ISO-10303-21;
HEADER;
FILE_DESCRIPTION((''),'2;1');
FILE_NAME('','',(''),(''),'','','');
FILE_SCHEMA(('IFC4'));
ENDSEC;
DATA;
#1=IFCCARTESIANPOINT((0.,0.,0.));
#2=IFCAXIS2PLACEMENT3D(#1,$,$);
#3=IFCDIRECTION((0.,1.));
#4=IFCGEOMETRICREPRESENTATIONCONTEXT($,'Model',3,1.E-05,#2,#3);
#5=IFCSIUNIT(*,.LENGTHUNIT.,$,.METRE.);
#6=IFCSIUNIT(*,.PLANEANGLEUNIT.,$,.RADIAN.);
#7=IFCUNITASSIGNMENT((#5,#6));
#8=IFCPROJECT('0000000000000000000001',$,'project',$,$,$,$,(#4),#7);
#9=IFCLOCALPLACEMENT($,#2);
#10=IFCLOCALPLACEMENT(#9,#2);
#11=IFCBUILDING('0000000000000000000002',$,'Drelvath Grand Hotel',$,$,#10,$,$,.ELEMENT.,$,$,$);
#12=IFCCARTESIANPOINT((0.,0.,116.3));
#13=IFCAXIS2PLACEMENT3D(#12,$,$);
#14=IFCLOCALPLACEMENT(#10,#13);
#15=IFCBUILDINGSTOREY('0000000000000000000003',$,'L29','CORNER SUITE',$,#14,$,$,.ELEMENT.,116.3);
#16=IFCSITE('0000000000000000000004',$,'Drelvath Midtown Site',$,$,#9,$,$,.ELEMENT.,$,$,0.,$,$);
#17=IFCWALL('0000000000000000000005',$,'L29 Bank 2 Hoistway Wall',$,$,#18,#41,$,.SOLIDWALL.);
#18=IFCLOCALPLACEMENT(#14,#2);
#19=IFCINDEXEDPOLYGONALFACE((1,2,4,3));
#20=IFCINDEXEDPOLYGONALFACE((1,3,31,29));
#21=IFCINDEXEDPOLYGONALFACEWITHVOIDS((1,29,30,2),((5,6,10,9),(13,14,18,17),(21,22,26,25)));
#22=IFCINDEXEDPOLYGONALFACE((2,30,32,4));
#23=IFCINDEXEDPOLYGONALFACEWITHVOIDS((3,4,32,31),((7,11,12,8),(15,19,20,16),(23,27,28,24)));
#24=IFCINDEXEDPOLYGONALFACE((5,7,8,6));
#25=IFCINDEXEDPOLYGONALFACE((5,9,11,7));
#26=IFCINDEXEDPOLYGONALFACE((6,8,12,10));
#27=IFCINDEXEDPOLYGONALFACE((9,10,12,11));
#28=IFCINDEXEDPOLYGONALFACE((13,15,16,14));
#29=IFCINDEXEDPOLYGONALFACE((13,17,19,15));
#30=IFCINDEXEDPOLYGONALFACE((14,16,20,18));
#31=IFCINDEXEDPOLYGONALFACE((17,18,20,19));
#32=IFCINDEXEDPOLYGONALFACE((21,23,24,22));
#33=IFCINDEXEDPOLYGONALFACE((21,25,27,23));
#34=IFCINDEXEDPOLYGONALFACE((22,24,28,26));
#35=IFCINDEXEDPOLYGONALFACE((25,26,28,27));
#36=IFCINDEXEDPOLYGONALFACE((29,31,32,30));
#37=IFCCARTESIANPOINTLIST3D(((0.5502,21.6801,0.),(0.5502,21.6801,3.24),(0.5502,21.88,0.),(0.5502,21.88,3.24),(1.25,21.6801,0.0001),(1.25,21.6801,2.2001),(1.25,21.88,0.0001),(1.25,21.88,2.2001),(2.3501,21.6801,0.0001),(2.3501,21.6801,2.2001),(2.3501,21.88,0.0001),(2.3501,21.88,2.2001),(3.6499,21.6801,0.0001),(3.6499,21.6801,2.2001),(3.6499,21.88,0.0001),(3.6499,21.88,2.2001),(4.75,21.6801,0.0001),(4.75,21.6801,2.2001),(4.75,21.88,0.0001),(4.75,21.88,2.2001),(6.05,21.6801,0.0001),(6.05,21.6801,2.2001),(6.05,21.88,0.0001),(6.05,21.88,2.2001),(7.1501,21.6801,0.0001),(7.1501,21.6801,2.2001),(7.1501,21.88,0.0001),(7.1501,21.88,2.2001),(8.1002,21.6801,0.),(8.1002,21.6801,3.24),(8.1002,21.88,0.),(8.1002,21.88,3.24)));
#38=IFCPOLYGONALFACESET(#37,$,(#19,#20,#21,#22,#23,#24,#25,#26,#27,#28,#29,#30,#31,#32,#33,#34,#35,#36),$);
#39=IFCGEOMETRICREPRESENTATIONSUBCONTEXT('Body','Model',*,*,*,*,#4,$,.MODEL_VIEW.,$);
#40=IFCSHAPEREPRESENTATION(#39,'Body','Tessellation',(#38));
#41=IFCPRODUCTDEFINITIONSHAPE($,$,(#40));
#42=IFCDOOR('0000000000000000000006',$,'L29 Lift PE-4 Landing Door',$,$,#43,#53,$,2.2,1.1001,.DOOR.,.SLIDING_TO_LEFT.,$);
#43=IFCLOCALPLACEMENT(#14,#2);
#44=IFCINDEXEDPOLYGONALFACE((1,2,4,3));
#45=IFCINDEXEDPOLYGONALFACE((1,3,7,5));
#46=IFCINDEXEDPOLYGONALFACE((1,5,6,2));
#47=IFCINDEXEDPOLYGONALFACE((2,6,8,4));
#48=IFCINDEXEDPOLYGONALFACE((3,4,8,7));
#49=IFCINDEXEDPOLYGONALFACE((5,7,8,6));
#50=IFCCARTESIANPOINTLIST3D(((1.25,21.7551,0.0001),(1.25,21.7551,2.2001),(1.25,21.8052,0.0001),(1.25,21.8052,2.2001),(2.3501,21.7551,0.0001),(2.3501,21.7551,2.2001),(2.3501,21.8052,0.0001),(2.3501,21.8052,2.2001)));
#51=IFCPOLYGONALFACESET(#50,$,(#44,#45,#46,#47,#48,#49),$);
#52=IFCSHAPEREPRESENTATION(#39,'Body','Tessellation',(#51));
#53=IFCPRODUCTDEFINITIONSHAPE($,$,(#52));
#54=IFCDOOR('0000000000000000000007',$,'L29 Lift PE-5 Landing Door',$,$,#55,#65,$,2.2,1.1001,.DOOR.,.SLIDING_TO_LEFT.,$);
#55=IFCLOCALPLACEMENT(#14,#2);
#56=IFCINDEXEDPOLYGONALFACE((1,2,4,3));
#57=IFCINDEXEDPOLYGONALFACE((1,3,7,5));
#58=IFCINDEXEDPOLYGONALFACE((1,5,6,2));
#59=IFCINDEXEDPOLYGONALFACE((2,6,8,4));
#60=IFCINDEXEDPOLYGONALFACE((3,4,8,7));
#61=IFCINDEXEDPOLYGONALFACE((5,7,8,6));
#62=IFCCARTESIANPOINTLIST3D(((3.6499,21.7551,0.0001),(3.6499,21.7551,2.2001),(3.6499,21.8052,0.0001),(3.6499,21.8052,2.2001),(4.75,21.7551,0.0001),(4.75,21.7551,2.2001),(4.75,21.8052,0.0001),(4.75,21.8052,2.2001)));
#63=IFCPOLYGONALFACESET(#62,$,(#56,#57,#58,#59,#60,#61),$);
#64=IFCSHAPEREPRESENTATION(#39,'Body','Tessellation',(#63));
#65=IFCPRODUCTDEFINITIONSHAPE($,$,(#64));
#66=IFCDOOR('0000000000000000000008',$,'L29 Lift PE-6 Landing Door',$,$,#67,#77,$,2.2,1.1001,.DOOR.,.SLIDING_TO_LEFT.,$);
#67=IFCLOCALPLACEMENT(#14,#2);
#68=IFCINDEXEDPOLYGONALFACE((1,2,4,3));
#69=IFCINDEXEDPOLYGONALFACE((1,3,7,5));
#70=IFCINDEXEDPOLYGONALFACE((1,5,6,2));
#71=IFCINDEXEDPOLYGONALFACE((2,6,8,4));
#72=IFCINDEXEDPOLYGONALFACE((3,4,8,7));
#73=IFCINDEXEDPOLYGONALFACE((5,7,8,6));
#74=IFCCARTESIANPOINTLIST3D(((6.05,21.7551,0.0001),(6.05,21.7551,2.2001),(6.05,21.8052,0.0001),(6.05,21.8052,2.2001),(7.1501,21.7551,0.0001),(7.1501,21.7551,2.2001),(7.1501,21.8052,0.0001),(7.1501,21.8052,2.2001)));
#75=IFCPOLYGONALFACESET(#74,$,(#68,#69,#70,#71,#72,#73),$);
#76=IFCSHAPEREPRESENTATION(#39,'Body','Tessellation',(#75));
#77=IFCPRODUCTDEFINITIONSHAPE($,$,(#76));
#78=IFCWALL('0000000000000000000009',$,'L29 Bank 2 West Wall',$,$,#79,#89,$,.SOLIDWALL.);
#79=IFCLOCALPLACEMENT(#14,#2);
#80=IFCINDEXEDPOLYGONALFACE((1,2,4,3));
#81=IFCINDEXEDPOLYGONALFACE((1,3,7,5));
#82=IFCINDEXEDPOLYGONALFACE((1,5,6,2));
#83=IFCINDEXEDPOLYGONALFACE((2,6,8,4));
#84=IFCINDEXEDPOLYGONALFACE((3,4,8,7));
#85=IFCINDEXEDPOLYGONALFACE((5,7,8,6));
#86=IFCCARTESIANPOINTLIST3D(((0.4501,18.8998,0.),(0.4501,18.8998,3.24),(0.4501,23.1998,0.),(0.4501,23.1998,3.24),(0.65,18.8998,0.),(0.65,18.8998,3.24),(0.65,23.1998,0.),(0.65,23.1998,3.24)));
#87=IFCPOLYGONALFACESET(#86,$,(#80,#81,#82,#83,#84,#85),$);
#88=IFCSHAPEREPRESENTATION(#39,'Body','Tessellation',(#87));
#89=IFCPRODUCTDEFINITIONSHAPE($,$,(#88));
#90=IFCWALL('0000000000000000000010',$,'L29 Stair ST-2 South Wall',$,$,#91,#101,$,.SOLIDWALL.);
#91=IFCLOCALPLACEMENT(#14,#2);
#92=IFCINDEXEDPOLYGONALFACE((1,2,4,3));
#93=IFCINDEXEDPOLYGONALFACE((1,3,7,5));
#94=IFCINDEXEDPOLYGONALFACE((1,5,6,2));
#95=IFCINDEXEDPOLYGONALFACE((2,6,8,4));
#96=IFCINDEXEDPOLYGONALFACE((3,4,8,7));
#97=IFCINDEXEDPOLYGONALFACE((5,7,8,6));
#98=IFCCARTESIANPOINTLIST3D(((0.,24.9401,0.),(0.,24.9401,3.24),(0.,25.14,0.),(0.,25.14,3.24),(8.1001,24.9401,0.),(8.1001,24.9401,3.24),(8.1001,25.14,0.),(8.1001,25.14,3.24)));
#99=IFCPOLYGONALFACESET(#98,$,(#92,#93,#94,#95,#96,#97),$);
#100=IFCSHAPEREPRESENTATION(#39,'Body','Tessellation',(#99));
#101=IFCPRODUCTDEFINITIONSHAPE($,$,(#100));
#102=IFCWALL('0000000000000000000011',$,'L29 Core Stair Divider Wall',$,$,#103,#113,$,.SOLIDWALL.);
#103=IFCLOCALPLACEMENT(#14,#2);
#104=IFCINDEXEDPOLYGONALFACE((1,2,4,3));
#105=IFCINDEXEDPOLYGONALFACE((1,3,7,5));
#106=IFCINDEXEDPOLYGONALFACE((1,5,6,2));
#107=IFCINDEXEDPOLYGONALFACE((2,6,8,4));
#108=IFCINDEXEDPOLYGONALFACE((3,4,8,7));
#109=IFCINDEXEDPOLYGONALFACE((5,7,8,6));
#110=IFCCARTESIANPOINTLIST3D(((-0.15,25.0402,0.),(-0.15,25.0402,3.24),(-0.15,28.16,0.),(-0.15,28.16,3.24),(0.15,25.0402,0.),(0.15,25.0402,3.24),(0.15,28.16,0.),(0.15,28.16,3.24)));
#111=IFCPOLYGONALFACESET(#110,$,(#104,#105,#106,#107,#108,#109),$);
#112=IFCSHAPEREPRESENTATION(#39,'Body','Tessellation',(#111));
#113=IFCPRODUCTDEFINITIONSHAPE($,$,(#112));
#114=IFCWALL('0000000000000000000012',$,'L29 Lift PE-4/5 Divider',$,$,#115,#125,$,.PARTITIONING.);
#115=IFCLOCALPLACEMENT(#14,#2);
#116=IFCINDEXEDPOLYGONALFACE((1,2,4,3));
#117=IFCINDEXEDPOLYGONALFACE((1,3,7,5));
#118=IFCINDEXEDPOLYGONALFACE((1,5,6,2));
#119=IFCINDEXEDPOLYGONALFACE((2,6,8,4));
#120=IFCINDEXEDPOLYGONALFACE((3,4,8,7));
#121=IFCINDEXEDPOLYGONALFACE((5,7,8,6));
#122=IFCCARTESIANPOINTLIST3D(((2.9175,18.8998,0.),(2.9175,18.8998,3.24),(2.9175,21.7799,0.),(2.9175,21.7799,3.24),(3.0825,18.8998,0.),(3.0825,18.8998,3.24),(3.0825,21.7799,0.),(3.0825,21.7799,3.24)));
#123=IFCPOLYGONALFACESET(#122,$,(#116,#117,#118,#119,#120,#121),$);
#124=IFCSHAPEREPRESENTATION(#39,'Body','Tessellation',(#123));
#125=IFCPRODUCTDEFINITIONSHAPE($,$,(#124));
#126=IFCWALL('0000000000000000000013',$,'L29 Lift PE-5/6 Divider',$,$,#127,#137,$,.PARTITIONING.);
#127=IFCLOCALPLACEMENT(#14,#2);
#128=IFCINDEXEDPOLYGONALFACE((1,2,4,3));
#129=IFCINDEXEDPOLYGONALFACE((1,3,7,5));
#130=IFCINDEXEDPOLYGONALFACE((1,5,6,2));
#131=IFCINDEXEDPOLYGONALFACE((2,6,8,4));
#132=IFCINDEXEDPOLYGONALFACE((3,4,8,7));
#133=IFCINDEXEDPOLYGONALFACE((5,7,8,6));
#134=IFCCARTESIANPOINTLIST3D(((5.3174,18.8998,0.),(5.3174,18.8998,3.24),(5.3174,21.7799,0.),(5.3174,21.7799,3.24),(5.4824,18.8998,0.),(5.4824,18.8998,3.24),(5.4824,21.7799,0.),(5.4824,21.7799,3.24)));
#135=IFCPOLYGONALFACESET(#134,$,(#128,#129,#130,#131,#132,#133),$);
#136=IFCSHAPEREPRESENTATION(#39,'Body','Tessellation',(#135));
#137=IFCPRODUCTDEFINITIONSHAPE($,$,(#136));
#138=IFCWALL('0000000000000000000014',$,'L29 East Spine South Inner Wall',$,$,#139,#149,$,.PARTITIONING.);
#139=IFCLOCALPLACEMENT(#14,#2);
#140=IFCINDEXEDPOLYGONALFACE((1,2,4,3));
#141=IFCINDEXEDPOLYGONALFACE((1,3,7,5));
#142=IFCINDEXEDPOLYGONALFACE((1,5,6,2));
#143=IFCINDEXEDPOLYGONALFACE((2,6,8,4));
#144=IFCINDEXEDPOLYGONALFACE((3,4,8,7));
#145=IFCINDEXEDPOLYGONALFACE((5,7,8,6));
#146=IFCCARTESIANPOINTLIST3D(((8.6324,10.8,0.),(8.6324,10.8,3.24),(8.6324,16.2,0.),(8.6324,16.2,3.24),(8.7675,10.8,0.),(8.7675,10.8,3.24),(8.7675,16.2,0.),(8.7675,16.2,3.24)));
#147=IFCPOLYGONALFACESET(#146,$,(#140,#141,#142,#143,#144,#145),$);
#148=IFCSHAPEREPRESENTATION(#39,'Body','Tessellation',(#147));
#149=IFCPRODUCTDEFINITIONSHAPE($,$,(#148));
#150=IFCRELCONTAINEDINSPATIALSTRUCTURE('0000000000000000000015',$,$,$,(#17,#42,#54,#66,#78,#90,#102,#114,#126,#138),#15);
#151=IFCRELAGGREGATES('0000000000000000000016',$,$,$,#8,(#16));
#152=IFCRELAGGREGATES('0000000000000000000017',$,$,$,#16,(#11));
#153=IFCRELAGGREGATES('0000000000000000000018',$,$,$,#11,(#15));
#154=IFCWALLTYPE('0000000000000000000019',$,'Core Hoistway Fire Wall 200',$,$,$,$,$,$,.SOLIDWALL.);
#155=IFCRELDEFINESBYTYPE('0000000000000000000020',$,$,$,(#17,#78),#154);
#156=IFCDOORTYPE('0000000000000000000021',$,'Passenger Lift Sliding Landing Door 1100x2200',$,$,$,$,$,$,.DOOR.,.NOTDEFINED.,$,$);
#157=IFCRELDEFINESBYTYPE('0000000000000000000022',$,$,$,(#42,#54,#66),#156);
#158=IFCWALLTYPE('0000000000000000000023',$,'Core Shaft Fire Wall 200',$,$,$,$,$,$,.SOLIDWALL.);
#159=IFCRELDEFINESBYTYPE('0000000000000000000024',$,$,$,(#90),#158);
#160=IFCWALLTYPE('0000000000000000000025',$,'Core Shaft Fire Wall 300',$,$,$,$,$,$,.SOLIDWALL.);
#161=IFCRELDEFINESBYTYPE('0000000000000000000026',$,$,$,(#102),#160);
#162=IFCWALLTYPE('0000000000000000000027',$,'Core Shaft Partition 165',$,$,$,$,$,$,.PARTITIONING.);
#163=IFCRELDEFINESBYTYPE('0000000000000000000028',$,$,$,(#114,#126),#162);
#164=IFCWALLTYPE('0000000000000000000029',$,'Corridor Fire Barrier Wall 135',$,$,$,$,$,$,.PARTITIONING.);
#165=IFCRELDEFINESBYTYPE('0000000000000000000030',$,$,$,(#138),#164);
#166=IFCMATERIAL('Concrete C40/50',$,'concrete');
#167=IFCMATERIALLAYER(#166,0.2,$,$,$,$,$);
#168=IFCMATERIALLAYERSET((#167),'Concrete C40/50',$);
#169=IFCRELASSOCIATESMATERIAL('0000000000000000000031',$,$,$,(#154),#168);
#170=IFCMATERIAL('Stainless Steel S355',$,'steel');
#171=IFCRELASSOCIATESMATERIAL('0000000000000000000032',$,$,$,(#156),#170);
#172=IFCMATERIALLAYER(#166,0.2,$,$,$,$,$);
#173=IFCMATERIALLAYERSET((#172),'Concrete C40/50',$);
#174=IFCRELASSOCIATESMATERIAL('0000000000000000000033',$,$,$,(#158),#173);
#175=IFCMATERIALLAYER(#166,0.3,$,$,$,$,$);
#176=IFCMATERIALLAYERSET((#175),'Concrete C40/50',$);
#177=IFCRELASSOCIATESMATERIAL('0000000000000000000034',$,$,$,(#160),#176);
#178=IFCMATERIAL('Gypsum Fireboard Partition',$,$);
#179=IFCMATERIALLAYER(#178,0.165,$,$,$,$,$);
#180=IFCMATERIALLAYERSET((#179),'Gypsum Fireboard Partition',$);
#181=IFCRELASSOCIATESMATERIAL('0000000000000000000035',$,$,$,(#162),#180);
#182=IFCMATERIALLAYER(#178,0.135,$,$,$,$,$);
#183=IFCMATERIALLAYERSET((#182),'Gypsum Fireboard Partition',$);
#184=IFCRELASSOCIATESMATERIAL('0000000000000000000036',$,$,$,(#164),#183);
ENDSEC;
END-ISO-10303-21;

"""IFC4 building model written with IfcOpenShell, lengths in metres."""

from ifc_helpers import new_model, si_unit, direction, frame, frame_2d, origin, place, context, subcontext, project, spatial, rectangle, extrude, material, layer, layer_set, type_object, element, fill, save


model = new_model("IFC4")

# Units and contexts
model_context = context("Model", 3, precision=1e-05, world=origin(), true_north=direction((0.0, 1.0)))
body_context = subcontext(model_context, "Body", "Model", "MODEL_VIEW")
ifc_project = project(units=[si_unit("LENGTHUNIT", "METRE"), si_unit("PLANEANGLEUNIT", "RADIAN")], contexts=[model_context])

# Site, building, storey
site_placement = place(None, origin())
site = spatial("IfcSite", under=ifc_project, at=site_placement, Name="Drelvath Midtown Site", CompositionType="ELEMENT", RefElevation=0.0)
building_placement = place(site_placement, origin())
building = spatial("IfcBuilding", under=site, at=building_placement, Name="Drelvath Grand Hotel", CompositionType="ELEMENT")
storey_placement = place(building_placement, frame((0.0, 0.0, 116.3)))
storey = spatial("IfcBuildingStorey", under=building, at=storey_placement, Name="L29", Description="CORNER SUITE", CompositionType="ELEMENT", Elevation=116.3)

# Wall, openings, doors
ifc_material_1 = material(Name="Concrete C40/50", Category="concrete")
ifc_layer_1 = layer(ifc_material_1, 0.2)
ifc_layer_set_1 = layer_set([ifc_layer_1], Name="Concrete C40/50")
wall_type_1 = type_object("IfcWallType", Name="Core Hoistway Fire Wall 200", PredefinedType="SOLIDWALL", material=ifc_layer_set_1)
wall_1_placement = place(storey_placement, frame((8.1001, 21.78, 0.0), z_axis=(0.0, 0.0, 1.0), x_axis=(-1.0, 0.0, 0.0)))
wall_1 = element("IfcWall", 1, at=wall_1_placement, inside=storey, type_object=wall_type_1, Name="L29 Bank 2 Hoistway Wall", PredefinedType="SOLIDWALL", context=body_context, shape_type="SweptSolid", body=[
    extrude(rectangle(XDim=7.55, YDim=0.2, at=frame_2d((3.7749, 0.0))), origin(), (0.0, 0.0, 1.0), 3.24),
])
opening_1_placement = place(wall_1_placement, frame((5.75, 0.0, 0.0)))
opening_1 = element("IfcOpeningElement", 2, at=opening_1_placement, cuts=wall_1, PredefinedType="OPENING", context=body_context, shape_type="SweptSolid", body=[
    extrude(rectangle(XDim=1.1001, YDim=2.2, at=frame_2d((0.55, 1.1001))), frame((0.0, 0.1099, 0.0), z_axis=(0.0, -1.0, 0.0), x_axis=(1.0, 0.0, 0.0)), (0.0, 0.0, 1.0), 0.22),
])
opening_2_placement = place(wall_1_placement, frame((3.3501, 0.0, 0.0)))
opening_2 = element("IfcOpeningElement", 3, at=opening_2_placement, cuts=wall_1, PredefinedType="OPENING", context=body_context, shape_type="SweptSolid", body=[
    extrude(rectangle(XDim=1.1001, YDim=2.2, at=frame_2d((0.55, 1.1001))), frame((0.0, 0.1099, 0.0), z_axis=(0.0, -1.0, 0.0), x_axis=(1.0, 0.0, 0.0)), (0.0, 0.0, 1.0), 0.22),
])
opening_3_placement = place(wall_1_placement, frame((0.95, 0.0, 0.0)))
opening_3 = element("IfcOpeningElement", 4, at=opening_3_placement, cuts=wall_1, PredefinedType="OPENING", context=body_context, shape_type="SweptSolid", body=[
    extrude(rectangle(XDim=1.1001, YDim=2.2, at=frame_2d((0.55, 1.1001))), frame((0.0, 0.1099, 0.0), z_axis=(0.0, -1.0, 0.0), x_axis=(1.0, 0.0, 0.0)), (0.0, 0.0, 1.0), 0.22),
])
ifc_material_2 = material(Name="Stainless Steel S355", Category="steel")
door_type_1 = type_object("IfcDoorType", Name="Passenger Lift Sliding Landing Door 1100x2200", OperationType="NOTDEFINED", PredefinedType="DOOR", material=ifc_material_2)
door_1_placement = place(opening_1_placement, origin())
door_1 = element("IfcDoor", 5, at=door_1_placement, inside=storey, type_object=door_type_1, Name="L29 Lift PE-4 Landing Door", OperationType="SLIDING_TO_LEFT", OverallHeight=2.2, OverallWidth=1.1001, PredefinedType="DOOR", context=body_context, shape_type="SweptSolid", body=[
    extrude(rectangle(XDim=1.1001, YDim=2.2, at=frame_2d((0.55, 1.1001))), frame((0.0, 0.0249, 0.0), z_axis=(0.0, -1.0, 0.0), x_axis=(1.0, 0.0, 0.0)), (0.0, 0.0, 1.0), 0.05),
])
fill(opening_1, door_1)
door_2_placement = place(opening_2_placement, origin())
door_2 = element("IfcDoor", 6, at=door_2_placement, inside=storey, type_object=door_type_1, Name="L29 Lift PE-5 Landing Door", OperationType="SLIDING_TO_LEFT", OverallHeight=2.2, OverallWidth=1.1001, PredefinedType="DOOR", context=body_context, shape_type="SweptSolid", body=[
    extrude(rectangle(XDim=1.1001, YDim=2.2, at=frame_2d((0.55, 1.1001))), frame((0.0, 0.0249, 0.0), z_axis=(0.0, -1.0, 0.0), x_axis=(1.0, 0.0, 0.0)), (0.0, 0.0, 1.0), 0.05),
])
fill(opening_2, door_2)
door_3_placement = place(opening_3_placement, origin())
door_3 = element("IfcDoor", 7, at=door_3_placement, inside=storey, type_object=door_type_1, Name="L29 Lift PE-6 Landing Door", OperationType="SLIDING_TO_LEFT", OverallHeight=2.2, OverallWidth=1.1001, PredefinedType="DOOR", context=body_context, shape_type="SweptSolid", body=[
    extrude(rectangle(XDim=1.1001, YDim=2.2, at=frame_2d((0.55, 1.1001))), frame((0.0, 0.0249, 0.0), z_axis=(0.0, -1.0, 0.0), x_axis=(1.0, 0.0, 0.0)), (0.0, 0.0, 1.0), 0.05),
])
fill(opening_3, door_3)

# Walls
wall_2_placement = place(storey_placement, frame((0.55, 18.8999, 0.0), z_axis=(0.0, 0.0, 1.0), x_axis=(0.0, 1.0, 0.0)))
element("IfcWall", 8, at=wall_2_placement, inside=storey, type_object=wall_type_1, Name="L29 Bank 2 West Wall", PredefinedType="SOLIDWALL", context=body_context, shape_type="SweptSolid", body=[
    extrude(rectangle(XDim=4.3, YDim=0.2, at=frame_2d((2.1499, 0.0))), origin(), (0.0, 0.0, 1.0), 3.24),
])
ifc_layer_2 = layer(ifc_material_1, 0.2)
ifc_layer_set_2 = layer_set([ifc_layer_2], Name="Concrete C40/50")
wall_type_2 = type_object("IfcWallType", Name="Core Shaft Fire Wall 200", PredefinedType="SOLIDWALL", material=ifc_layer_set_2)
wall_3_placement = place(storey_placement, frame((0.0, 25.04, 0.0), z_axis=(0.0, 0.0, 1.0), x_axis=(1.0, 0.0, 0.0)))
element("IfcWall", 9, at=wall_3_placement, inside=storey, type_object=wall_type_2, Name="L29 Stair ST-2 South Wall", PredefinedType="SOLIDWALL", context=body_context, shape_type="SweptSolid", body=[
    extrude(rectangle(XDim=8.1001, YDim=0.2, at=frame_2d((4.05, 0.0))), origin(), (0.0, 0.0, 1.0), 3.24),
])
ifc_layer_3 = layer(ifc_material_1, 0.3)
ifc_layer_set_3 = layer_set([ifc_layer_3], Name="Concrete C40/50")
wall_type_3 = type_object("IfcWallType", Name="Core Shaft Fire Wall 300", PredefinedType="SOLIDWALL", material=ifc_layer_set_3)
wall_4_placement = place(storey_placement, frame((0.0, 25.04, 0.0), z_axis=(0.0, 0.0, 1.0), x_axis=(0.0, 1.0, 0.0)))
element("IfcWall", 10, at=wall_4_placement, inside=storey, type_object=wall_type_3, Name="L29 Core Stair Divider Wall", PredefinedType="SOLIDWALL", context=body_context, shape_type="SweptSolid", body=[
    extrude(rectangle(XDim=3.1199, YDim=0.3, at=frame_2d((1.5601, 0.0))), origin(), (0.0, 0.0, 1.0), 3.24),
])
ifc_material_3 = material(Name="Gypsum Fireboard Partition")
ifc_layer_4 = layer(ifc_material_3, 0.165)
ifc_layer_set_4 = layer_set([ifc_layer_4], Name="Gypsum Fireboard Partition")
wall_type_4 = type_object("IfcWallType", Name="Core Shaft Partition 165", PredefinedType="PARTITIONING", material=ifc_layer_set_4)
for number, where, z_axis, x_axis, name in (
    (11, (3.0, 18.8999, 0.0), (0.0, 0.0, 1.0), (0.0, 1.0, 0.0), "L29 Lift PE-4/5 Divider"),
    (12, (5.3999, 18.8999, 0.0), (0.0, 0.0, 1.0), (0.0, 1.0, 0.0), "L29 Lift PE-5/6 Divider"),
):
    element("IfcWall", number, at=place(storey_placement, frame(where, z_axis=z_axis, x_axis=x_axis)), inside=storey, type_object=wall_type_4, Name=name, PredefinedType="PARTITIONING", context=body_context, shape_type="SweptSolid", body=[
        extrude(rectangle(XDim=2.8801, YDim=0.165, at=frame_2d((1.4399, 0.0))), origin(), (0.0, 0.0, 1.0), 3.24),
    ])
ifc_layer_5 = layer(ifc_material_3, 0.135)
ifc_layer_set_5 = layer_set([ifc_layer_5], Name="Gypsum Fireboard Partition")
wall_type_5 = type_object("IfcWallType", Name="Corridor Fire Barrier Wall 135", PredefinedType="PARTITIONING", material=ifc_layer_set_5)
wall_5_placement = place(storey_placement, frame((8.7, 10.8, 0.0), z_axis=(0.0, 0.0, 1.0), x_axis=(0.0, 1.0, 0.0)))
element("IfcWall", 13, at=wall_5_placement, inside=storey, type_object=wall_type_5, Name="L29 East Spine South Inner Wall", PredefinedType="PARTITIONING", context=body_context, shape_type="SweptSolid", body=[
    extrude(rectangle(XDim=5.3999, YDim=0.135, at=frame_2d((2.7, 0.0))), origin(), (0.0, 0.0, 1.0), 3.24),
])

save(model, "model.ifc")
